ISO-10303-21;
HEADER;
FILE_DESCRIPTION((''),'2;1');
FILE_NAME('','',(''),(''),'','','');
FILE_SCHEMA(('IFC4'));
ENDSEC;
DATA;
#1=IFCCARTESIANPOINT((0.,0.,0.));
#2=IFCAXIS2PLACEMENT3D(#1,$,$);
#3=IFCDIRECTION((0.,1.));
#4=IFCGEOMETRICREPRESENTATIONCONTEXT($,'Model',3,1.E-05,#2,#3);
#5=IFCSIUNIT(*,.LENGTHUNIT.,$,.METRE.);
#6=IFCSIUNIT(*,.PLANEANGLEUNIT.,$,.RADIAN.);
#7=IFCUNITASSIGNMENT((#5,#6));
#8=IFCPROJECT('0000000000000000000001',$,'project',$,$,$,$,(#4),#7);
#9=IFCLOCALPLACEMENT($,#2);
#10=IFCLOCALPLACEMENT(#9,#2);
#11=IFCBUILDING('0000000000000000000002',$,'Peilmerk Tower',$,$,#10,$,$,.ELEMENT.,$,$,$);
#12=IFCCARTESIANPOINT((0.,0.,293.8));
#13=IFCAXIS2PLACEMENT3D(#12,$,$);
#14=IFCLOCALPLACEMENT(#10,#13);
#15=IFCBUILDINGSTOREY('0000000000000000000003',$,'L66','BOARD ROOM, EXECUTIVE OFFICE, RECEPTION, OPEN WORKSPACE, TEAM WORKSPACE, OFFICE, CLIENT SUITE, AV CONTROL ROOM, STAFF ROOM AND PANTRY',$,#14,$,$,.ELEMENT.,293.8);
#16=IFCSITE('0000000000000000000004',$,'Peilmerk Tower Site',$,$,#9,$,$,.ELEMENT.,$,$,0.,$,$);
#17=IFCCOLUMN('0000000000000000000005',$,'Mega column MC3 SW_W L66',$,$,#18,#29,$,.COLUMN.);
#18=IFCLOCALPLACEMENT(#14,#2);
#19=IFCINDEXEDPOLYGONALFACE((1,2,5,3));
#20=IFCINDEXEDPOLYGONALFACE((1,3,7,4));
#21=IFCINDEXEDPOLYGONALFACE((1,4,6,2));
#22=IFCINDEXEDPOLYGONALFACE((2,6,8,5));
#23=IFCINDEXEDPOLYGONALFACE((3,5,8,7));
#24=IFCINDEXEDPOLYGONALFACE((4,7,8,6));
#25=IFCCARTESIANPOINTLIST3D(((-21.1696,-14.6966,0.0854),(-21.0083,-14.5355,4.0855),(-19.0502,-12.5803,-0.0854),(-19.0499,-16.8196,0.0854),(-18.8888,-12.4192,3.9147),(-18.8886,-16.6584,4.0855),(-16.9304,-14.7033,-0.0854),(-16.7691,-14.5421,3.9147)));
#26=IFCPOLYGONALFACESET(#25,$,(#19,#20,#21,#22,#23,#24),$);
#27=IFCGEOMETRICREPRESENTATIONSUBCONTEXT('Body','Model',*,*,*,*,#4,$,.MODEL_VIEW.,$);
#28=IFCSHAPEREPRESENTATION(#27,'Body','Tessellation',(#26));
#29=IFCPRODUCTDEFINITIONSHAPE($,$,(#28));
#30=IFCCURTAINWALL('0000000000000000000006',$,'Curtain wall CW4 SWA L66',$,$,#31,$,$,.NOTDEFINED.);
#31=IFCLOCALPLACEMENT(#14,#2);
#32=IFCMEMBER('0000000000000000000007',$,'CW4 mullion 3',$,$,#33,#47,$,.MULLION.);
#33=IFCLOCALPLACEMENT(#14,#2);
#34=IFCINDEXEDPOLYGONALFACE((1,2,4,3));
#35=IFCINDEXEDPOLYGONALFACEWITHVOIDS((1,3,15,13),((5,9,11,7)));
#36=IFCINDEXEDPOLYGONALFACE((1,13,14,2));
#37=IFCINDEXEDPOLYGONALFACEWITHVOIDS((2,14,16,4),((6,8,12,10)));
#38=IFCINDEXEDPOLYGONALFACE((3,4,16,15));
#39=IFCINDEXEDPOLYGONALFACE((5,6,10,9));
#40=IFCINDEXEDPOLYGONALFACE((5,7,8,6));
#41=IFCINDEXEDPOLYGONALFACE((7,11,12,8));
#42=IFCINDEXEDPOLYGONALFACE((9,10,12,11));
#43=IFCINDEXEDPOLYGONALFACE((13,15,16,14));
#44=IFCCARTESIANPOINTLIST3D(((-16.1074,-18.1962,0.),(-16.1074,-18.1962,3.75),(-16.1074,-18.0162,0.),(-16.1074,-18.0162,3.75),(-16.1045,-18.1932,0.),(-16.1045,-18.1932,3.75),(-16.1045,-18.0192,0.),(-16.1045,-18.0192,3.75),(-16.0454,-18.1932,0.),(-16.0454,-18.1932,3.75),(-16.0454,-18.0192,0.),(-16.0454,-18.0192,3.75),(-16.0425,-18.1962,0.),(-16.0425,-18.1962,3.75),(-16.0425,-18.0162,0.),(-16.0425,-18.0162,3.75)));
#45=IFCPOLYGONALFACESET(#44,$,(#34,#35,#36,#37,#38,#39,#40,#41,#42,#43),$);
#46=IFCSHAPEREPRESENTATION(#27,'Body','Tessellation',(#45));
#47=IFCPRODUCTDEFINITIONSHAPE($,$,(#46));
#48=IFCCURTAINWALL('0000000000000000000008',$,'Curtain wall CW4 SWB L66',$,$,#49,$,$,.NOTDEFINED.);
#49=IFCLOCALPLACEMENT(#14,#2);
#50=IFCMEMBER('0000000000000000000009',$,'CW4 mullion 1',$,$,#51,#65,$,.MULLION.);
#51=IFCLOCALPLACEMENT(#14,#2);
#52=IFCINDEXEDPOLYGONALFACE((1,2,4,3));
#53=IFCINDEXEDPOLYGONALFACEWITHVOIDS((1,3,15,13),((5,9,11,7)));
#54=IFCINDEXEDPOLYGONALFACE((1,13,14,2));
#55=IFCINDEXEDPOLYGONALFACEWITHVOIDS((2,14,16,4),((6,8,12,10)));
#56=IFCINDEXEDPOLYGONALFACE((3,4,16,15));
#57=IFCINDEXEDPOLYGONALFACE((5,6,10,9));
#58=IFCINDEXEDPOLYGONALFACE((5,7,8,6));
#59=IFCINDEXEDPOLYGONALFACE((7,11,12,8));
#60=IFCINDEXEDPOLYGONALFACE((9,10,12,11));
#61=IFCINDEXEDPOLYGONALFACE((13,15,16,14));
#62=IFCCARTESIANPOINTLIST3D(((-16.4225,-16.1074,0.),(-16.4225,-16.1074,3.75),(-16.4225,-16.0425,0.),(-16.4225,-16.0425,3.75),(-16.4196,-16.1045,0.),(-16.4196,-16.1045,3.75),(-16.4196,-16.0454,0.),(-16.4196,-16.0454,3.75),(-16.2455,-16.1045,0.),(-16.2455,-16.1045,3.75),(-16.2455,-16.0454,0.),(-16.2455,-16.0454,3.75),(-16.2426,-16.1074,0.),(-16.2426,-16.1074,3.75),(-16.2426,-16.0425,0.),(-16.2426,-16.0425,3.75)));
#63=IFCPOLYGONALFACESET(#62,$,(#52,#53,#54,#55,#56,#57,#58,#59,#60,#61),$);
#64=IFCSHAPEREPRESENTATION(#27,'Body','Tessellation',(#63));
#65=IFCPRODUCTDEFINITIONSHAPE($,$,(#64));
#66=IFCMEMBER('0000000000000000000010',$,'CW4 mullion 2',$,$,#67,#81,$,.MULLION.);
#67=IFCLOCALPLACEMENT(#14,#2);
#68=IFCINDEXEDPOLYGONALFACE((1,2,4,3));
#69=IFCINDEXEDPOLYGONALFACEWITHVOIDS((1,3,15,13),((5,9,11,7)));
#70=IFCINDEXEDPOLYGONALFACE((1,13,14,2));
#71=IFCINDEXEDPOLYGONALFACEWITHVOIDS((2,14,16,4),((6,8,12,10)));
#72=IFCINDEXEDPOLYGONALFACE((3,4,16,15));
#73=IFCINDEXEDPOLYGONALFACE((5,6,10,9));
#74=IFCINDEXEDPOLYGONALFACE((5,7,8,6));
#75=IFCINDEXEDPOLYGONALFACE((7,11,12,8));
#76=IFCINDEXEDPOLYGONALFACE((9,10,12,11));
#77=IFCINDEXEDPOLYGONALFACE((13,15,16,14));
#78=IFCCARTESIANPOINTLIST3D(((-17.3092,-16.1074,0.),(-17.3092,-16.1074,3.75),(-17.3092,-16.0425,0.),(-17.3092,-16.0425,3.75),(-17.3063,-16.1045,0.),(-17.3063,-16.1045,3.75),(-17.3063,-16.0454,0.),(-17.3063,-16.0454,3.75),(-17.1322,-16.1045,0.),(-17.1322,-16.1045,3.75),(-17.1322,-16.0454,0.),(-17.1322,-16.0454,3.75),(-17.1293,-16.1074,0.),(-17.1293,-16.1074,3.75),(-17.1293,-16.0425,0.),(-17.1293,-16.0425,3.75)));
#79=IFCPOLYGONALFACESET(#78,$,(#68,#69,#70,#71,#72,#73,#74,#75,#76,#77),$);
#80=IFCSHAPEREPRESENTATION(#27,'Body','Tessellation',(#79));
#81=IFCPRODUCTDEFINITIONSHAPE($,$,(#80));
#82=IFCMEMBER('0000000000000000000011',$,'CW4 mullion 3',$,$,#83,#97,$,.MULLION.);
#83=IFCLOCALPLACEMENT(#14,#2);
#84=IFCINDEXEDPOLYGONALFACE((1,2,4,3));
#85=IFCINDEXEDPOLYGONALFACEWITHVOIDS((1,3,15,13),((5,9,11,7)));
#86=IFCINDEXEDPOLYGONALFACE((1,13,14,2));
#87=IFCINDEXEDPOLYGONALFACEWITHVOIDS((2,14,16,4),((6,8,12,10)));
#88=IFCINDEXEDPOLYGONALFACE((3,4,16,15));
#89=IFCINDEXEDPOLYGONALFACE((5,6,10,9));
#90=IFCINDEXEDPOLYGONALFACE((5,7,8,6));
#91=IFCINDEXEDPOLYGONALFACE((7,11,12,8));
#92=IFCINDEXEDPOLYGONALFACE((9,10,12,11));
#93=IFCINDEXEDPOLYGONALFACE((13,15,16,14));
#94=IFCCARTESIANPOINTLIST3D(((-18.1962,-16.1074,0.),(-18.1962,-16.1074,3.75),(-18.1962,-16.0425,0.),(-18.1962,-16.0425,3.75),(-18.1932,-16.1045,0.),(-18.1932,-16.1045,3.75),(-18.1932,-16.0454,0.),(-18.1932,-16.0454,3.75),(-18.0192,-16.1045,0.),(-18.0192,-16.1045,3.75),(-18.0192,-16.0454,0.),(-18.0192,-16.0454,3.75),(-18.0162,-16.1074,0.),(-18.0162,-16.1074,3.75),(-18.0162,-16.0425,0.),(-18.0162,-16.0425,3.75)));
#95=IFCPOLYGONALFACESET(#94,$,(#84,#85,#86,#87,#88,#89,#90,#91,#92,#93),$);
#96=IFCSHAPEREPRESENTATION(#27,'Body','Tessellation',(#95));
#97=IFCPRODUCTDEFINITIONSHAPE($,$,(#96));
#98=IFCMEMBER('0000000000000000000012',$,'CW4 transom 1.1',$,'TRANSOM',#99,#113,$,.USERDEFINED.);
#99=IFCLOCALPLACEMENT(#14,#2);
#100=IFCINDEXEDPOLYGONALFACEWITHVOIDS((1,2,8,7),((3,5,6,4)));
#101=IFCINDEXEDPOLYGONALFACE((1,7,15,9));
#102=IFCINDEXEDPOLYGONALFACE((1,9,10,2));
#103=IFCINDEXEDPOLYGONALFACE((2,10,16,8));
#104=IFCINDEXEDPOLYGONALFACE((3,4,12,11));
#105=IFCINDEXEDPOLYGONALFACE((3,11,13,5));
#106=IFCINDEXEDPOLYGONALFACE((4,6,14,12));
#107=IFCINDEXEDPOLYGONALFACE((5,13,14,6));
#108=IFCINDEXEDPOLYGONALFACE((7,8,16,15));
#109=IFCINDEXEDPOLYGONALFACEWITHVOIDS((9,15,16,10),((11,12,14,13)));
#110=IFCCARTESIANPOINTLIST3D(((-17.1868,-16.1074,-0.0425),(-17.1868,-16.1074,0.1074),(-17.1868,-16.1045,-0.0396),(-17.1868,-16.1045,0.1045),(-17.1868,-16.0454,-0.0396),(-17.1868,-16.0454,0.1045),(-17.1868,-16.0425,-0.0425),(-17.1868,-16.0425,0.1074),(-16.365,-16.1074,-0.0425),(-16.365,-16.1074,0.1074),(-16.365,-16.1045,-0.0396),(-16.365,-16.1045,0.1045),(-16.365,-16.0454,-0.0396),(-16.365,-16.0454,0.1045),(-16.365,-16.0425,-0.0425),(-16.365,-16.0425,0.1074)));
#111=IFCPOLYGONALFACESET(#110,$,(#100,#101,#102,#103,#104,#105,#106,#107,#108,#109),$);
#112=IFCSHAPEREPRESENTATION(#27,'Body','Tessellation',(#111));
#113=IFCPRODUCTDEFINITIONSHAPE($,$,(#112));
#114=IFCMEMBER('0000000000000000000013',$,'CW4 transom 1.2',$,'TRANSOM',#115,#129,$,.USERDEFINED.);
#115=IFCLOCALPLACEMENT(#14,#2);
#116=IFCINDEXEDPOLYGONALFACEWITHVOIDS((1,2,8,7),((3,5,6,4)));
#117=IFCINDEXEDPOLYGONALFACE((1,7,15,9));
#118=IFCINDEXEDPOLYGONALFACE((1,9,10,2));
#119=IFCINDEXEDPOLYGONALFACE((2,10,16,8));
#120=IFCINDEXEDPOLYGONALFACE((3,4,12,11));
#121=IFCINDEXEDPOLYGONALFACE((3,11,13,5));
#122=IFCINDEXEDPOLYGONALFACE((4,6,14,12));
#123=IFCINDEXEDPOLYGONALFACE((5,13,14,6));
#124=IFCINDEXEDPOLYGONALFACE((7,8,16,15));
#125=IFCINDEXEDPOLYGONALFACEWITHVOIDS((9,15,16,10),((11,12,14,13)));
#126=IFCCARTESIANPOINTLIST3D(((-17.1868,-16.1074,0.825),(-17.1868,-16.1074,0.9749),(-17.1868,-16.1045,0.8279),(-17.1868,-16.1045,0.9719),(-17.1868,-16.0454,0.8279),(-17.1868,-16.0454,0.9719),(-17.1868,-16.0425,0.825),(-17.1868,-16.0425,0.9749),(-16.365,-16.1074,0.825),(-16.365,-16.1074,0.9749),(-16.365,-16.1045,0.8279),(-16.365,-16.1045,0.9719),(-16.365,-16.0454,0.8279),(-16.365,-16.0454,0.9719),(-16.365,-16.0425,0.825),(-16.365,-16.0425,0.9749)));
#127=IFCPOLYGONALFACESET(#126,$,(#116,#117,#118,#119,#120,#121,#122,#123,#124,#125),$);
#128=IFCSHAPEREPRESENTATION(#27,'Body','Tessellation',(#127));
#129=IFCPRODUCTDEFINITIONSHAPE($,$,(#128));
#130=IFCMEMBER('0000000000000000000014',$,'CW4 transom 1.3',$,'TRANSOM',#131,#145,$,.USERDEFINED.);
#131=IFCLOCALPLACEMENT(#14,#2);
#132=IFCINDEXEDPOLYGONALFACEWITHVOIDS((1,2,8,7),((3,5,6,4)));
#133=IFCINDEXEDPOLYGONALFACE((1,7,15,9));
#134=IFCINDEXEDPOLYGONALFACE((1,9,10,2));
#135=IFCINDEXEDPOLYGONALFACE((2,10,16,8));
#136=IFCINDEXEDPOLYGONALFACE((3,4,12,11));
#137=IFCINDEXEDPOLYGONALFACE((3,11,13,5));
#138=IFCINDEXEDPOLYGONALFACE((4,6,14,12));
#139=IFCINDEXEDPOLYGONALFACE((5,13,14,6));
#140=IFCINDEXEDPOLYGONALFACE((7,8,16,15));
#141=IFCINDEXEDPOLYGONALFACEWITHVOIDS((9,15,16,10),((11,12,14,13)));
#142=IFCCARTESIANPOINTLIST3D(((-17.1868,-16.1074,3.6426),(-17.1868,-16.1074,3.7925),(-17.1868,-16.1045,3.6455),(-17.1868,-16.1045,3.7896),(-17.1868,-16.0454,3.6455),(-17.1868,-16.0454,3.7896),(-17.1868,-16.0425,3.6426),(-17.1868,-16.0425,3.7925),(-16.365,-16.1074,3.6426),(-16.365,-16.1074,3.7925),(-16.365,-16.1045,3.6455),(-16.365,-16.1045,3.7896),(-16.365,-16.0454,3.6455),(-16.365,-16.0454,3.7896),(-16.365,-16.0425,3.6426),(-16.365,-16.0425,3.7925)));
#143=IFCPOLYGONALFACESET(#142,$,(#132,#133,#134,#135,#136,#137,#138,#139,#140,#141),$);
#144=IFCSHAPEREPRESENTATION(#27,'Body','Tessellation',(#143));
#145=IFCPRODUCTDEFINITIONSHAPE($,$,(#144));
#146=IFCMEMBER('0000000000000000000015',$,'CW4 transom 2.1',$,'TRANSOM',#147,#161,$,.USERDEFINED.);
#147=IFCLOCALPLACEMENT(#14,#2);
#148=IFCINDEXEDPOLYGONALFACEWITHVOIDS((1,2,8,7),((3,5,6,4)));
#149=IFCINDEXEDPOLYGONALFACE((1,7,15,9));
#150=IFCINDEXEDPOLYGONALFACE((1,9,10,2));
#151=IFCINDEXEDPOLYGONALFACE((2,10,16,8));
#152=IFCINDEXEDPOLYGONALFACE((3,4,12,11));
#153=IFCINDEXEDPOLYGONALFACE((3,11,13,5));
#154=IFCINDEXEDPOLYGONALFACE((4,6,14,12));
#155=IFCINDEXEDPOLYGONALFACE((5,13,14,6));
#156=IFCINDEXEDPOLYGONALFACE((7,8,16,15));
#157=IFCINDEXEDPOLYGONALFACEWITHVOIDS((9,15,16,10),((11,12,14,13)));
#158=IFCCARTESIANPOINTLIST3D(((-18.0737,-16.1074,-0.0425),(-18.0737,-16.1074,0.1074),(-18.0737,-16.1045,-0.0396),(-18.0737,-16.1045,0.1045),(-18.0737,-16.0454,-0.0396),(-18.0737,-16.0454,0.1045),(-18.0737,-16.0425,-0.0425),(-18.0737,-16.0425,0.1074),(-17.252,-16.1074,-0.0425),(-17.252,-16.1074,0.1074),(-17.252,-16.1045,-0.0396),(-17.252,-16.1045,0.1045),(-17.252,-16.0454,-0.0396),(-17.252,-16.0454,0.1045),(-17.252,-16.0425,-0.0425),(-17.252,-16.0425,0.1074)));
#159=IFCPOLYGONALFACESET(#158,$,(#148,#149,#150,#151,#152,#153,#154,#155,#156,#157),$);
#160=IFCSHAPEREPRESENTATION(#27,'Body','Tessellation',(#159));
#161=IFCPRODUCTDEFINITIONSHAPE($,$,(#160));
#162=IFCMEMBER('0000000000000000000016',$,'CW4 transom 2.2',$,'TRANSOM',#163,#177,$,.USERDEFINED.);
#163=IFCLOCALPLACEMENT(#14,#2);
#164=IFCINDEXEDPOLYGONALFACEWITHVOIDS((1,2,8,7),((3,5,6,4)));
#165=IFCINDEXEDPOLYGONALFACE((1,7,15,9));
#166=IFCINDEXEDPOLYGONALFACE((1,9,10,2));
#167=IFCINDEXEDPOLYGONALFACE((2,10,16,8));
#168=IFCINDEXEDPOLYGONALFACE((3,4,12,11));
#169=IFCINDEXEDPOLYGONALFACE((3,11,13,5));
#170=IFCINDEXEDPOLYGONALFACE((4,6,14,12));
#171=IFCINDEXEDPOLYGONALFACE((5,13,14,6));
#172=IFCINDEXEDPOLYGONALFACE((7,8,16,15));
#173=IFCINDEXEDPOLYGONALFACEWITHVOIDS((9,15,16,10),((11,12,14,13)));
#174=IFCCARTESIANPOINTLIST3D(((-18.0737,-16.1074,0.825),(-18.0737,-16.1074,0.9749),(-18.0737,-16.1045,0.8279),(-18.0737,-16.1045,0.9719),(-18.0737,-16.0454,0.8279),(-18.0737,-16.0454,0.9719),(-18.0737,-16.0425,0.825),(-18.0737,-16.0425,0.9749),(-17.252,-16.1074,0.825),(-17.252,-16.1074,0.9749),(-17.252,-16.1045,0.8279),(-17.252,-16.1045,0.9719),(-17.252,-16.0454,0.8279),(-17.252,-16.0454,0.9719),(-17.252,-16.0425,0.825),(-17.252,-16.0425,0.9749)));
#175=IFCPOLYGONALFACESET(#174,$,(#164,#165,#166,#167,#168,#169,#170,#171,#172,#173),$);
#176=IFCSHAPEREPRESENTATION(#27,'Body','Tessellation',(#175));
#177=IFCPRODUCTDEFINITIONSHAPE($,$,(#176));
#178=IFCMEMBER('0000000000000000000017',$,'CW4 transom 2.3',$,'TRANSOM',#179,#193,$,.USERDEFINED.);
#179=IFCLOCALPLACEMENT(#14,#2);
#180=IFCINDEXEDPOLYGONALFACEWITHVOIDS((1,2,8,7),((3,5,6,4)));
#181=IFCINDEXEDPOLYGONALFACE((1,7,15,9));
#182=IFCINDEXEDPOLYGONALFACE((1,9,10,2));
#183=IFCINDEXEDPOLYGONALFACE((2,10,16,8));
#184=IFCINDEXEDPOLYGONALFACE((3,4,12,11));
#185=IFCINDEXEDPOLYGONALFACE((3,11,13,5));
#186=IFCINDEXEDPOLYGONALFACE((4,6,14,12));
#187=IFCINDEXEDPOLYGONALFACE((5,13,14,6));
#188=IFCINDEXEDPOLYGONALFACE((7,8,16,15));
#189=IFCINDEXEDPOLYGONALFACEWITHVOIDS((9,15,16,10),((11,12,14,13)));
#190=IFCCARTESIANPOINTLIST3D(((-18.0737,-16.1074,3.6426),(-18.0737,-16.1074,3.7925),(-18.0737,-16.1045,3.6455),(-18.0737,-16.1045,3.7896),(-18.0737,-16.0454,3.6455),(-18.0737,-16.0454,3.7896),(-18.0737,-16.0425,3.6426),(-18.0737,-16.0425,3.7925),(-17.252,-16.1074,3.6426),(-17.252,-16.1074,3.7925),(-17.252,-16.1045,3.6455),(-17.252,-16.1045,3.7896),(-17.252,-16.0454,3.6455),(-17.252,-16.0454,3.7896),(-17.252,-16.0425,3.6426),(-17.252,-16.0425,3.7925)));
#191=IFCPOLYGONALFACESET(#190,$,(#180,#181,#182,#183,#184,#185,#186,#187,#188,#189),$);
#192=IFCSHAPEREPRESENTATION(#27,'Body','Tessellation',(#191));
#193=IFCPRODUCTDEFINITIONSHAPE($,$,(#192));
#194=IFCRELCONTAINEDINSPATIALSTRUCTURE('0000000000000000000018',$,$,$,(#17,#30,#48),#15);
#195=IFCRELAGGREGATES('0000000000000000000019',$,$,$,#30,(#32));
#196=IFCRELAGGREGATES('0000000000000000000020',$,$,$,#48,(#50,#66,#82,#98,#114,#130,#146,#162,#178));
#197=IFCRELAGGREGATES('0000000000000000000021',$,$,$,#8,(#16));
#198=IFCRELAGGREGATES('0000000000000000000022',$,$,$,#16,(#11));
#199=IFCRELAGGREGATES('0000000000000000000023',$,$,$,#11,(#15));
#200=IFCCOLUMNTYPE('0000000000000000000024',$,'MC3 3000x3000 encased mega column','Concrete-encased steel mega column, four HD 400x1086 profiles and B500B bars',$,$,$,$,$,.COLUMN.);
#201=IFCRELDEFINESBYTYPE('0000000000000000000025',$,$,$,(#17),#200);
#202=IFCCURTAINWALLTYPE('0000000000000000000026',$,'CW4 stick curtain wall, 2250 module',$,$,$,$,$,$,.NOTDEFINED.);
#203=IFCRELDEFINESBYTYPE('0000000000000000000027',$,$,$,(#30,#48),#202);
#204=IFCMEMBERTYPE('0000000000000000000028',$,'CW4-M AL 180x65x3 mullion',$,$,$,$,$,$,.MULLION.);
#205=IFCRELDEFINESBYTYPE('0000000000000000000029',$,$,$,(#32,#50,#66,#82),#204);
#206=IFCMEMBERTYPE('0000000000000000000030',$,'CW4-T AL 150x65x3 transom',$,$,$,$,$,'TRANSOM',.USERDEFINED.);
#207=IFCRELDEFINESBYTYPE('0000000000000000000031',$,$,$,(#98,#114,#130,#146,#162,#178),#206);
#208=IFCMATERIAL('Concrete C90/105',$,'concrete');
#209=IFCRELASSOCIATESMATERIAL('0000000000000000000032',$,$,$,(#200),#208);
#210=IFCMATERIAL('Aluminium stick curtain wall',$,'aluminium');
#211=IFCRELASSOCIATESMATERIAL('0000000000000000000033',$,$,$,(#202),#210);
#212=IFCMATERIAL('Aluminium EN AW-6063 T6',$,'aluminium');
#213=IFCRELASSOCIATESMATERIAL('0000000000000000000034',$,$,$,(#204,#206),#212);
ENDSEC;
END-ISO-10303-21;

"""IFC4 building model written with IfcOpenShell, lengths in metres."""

from ifc_helpers import new_model, si_unit, direction, frame, origin, origin_2d, place, context, subcontext, project, spatial, rectangle, hollow_rectangle, extrude, material, material_profile, profile_set, type_object, element, aggregate, save


model = new_model("IFC4")

# Units and contexts
model_context = context("Model", 3, precision=1e-05, world=origin(), true_north=direction((0.0, 1.0)))
body_context = subcontext(model_context, "Body", "Model", "MODEL_VIEW")
ifc_project = project(units=[si_unit("LENGTHUNIT", "METRE"), si_unit("PLANEANGLEUNIT", "RADIAN")], contexts=[model_context])

# Site, building, storey
site_placement = place(None, origin())
site = spatial("IfcSite", under=ifc_project, at=site_placement, Name="Peilmerk Tower Site", CompositionType="ELEMENT", RefElevation=0.0)
building_placement = place(site_placement, origin())
building = spatial("IfcBuilding", under=site, at=building_placement, Name="Peilmerk Tower", CompositionType="ELEMENT")
storey_placement = place(building_placement, frame((0.0, 0.0, 293.8)))
storey = spatial("IfcBuildingStorey", under=building, at=storey_placement, Name="L66", Description="BOARD ROOM, EXECUTIVE OFFICE, RECEPTION, OPEN WORKSPACE, TEAM WORKSPACE, OFFICE, CLIENT SUITE, AV CONTROL ROOM, STAFF ROOM AND PANTRY", CompositionType="ELEMENT", Elevation=293.8)

# Column
ifc_material_1 = material(Name="Concrete C90/105", Category="concrete")
ifc_material_profile_1 = material_profile(ifc_material_1, rectangle(XDim=3.0, YDim=3.0, at=origin_2d()), Name="RC 3000x3000")
ifc_profile_set_1 = profile_set([ifc_material_profile_1], Name="Concrete C90/105")
column_type = type_object("IfcColumnType", Name="MC3 3000x3000 encased mega column", Description="Concrete-encased steel mega column, four HD 400x1086 profiles and B500B bars", PredefinedType="COLUMN", material=ifc_profile_set_1)
column_placement = place(storey_placement, frame((-19.05, -14.7, 0.0), z_axis=(0.040279, 0.040218, 0.998379), x_axis=(-0.706571, 0.707642, 0.0)))
element("IfcColumn", 1, at=column_placement, inside=storey, type_object=column_type, Name="Mega column MC3 SW_W L66", PredefinedType="COLUMN", context=body_context, shape_type="SweptSolid", body=[
    extrude(rectangle(XDim=3.0, YDim=3.0, at=origin_2d()), origin(), (0.0, 0.0, 1.0), 4.0066),
])

# Curtain wall, member
ifc_material_2 = material(Name="Aluminium stick curtain wall", Category="aluminium")
curtain_wall_type = type_object("IfcCurtainWallType", Name="CW4 stick curtain wall, 2250 module", PredefinedType="NOTDEFINED", material=ifc_material_2)
curtain_wall_1_placement = place(storey_placement, origin())
curtain_wall_1 = element("IfcCurtainWall", 2, at=curtain_wall_1_placement, inside=storey, type_object=curtain_wall_type, Name="Curtain wall CW4 SWA L66", PredefinedType="NOTDEFINED")
ifc_material_3 = material(Name="Aluminium EN AW-6063 T6", Category="aluminium")
ifc_material_profile_2 = material_profile(ifc_material_3, hollow_rectangle(XDim=0.0649, YDim=0.1799, WallThickness=0.0029, at=origin_2d()), Name="AL 180x65x3")
ifc_profile_set_2 = profile_set([ifc_material_profile_2], Name="Aluminium EN AW-6063 T6")
member_type_1 = type_object("IfcMemberType", Name="CW4-M AL 180x65x3 mullion", PredefinedType="MULLION", material=ifc_profile_set_2)
member_1_placement = place(storey_placement, frame((-16.075, -18.1062, 0.0), z_axis=(0.0, 0.0, 1.0), x_axis=(1.0, 0.0, 0.0)))
member_1 = element("IfcMember", 3, at=member_1_placement, type_object=member_type_1, Name="CW4 mullion 3", PredefinedType="MULLION", context=body_context, shape_type="SweptSolid", body=[
    extrude(hollow_rectangle(XDim=0.0649, YDim=0.1799, WallThickness=0.0029, at=origin_2d()), origin(), (0.0, 0.0, 1.0), 3.75),
])

# Curtain wall, members
curtain_wall_2_placement = place(storey_placement, origin())
curtain_wall_2 = element("IfcCurtainWall", 4, at=curtain_wall_2_placement, inside=storey, type_object=curtain_wall_type, Name="Curtain wall CW4 SWB L66", PredefinedType="NOTDEFINED")
member_2_placement = place(storey_placement, frame((-16.3325, -16.075, 0.0), z_axis=(0.0, 0.0, 1.0), x_axis=(0.0, -1.0, 0.0)))
member_2 = element("IfcMember", 5, at=member_2_placement, type_object=member_type_1, Name="CW4 mullion 1", PredefinedType="MULLION", context=body_context, shape_type="SweptSolid", body=[
    extrude(hollow_rectangle(XDim=0.0649, YDim=0.1799, WallThickness=0.0029, at=origin_2d()), origin(), (0.0, 0.0, 1.0), 3.75),
])
member_3_placement = place(storey_placement, frame((-17.2192, -16.075, 0.0), z_axis=(0.0, 0.0, 1.0), x_axis=(0.0, -1.0, 0.0)))
member_3 = element("IfcMember", 6, at=member_3_placement, type_object=member_type_1, Name="CW4 mullion 2", PredefinedType="MULLION", context=body_context, shape_type="SweptSolid", body=[
    extrude(hollow_rectangle(XDim=0.0649, YDim=0.1799, WallThickness=0.0029, at=origin_2d()), origin(), (0.0, 0.0, 1.0), 3.75),
])
member_4_placement = place(storey_placement, frame((-18.1062, -16.075, 0.0), z_axis=(0.0, 0.0, 1.0), x_axis=(0.0, -1.0, 0.0)))
member_4 = element("IfcMember", 7, at=member_4_placement, type_object=member_type_1, Name="CW4 mullion 3", PredefinedType="MULLION", context=body_context, shape_type="SweptSolid", body=[
    extrude(hollow_rectangle(XDim=0.0649, YDim=0.1799, WallThickness=0.0029, at=origin_2d()), origin(), (0.0, 0.0, 1.0), 3.75),
])
ifc_material_profile_3 = material_profile(ifc_material_3, hollow_rectangle(XDim=0.0649, YDim=0.1499, WallThickness=0.0029, at=origin_2d()), Name="AL 150x65x3")
ifc_profile_set_3 = profile_set([ifc_material_profile_3], Name="Aluminium EN AW-6063 T6")
member_type_2 = type_object("IfcMemberType", Name="CW4-T AL 150x65x3 transom", ElementType="TRANSOM", PredefinedType="USERDEFINED", material=ifc_profile_set_3)
member_5_placement = place(storey_placement, frame((-16.365, -16.075, 0.0325), z_axis=(-1.0, 0.0, 0.0), x_axis=(0.0, -1.0, 0.0)))
member_5 = element("IfcMember", 8, at=member_5_placement, type_object=member_type_2, Name="CW4 transom 1.1", ObjectType="TRANSOM", PredefinedType="USERDEFINED", context=body_context, shape_type="SweptSolid", body=[
    extrude(hollow_rectangle(XDim=0.0649, YDim=0.1499, WallThickness=0.0029, at=origin_2d()), origin(), (0.0, 0.0, 1.0), 0.8218),
])
member_6_placement = place(storey_placement, frame((-16.365, -16.075, 0.8999), z_axis=(-1.0, 0.0, 0.0), x_axis=(0.0, -1.0, 0.0)))
member_6 = element("IfcMember", 9, at=member_6_placement, type_object=member_type_2, Name="CW4 transom 1.2", ObjectType="TRANSOM", PredefinedType="USERDEFINED", context=body_context, shape_type="SweptSolid", body=[
    extrude(hollow_rectangle(XDim=0.0649, YDim=0.1499, WallThickness=0.0029, at=origin_2d()), origin(), (0.0, 0.0, 1.0), 0.8218),
])
member_7_placement = place(storey_placement, frame((-16.365, -16.075, 3.7175), z_axis=(-1.0, 0.0, 0.0), x_axis=(0.0, -1.0, 0.0)))
member_7 = element("IfcMember", 10, at=member_7_placement, type_object=member_type_2, Name="CW4 transom 1.3", ObjectType="TRANSOM", PredefinedType="USERDEFINED", context=body_context, shape_type="SweptSolid", body=[
    extrude(hollow_rectangle(XDim=0.0649, YDim=0.1499, WallThickness=0.0029, at=origin_2d()), origin(), (0.0, 0.0, 1.0), 0.8218),
])
member_8_placement = place(storey_placement, frame((-17.252, -16.075, 0.0325), z_axis=(-1.0, 0.0, 0.0), x_axis=(0.0, -1.0, 0.0)))
member_8 = element("IfcMember", 11, at=member_8_placement, type_object=member_type_2, Name="CW4 transom 2.1", ObjectType="TRANSOM", PredefinedType="USERDEFINED", context=body_context, shape_type="SweptSolid", body=[
    extrude(hollow_rectangle(XDim=0.0649, YDim=0.1499, WallThickness=0.0029, at=origin_2d()), origin(), (0.0, 0.0, 1.0), 0.8218),
])
member_9_placement = place(storey_placement, frame((-17.252, -16.075, 0.8999), z_axis=(-1.0, 0.0, 0.0), x_axis=(0.0, -1.0, 0.0)))
member_9 = element("IfcMember", 12, at=member_9_placement, type_object=member_type_2, Name="CW4 transom 2.2", ObjectType="TRANSOM", PredefinedType="USERDEFINED", context=body_context, shape_type="SweptSolid", body=[
    extrude(hollow_rectangle(XDim=0.0649, YDim=0.1499, WallThickness=0.0029, at=origin_2d()), origin(), (0.0, 0.0, 1.0), 0.8218),
])
member_10_placement = place(storey_placement, frame((-17.252, -16.075, 3.7175), z_axis=(-1.0, 0.0, 0.0), x_axis=(0.0, -1.0, 0.0)))
member_10 = element("IfcMember", 13, at=member_10_placement, type_object=member_type_2, Name="CW4 transom 2.3", ObjectType="TRANSOM", PredefinedType="USERDEFINED", context=body_context, shape_type="SweptSolid", body=[
    extrude(hollow_rectangle(XDim=0.0649, YDim=0.1499, WallThickness=0.0029, at=origin_2d()), origin(), (0.0, 0.0, 1.0), 0.8218),
])

aggregate(curtain_wall_1, [member_1])
aggregate(curtain_wall_2, [member_2, member_3, member_4, member_5, member_6, member_7, member_8, member_9, member_10])

save(model, "model.ifc")
